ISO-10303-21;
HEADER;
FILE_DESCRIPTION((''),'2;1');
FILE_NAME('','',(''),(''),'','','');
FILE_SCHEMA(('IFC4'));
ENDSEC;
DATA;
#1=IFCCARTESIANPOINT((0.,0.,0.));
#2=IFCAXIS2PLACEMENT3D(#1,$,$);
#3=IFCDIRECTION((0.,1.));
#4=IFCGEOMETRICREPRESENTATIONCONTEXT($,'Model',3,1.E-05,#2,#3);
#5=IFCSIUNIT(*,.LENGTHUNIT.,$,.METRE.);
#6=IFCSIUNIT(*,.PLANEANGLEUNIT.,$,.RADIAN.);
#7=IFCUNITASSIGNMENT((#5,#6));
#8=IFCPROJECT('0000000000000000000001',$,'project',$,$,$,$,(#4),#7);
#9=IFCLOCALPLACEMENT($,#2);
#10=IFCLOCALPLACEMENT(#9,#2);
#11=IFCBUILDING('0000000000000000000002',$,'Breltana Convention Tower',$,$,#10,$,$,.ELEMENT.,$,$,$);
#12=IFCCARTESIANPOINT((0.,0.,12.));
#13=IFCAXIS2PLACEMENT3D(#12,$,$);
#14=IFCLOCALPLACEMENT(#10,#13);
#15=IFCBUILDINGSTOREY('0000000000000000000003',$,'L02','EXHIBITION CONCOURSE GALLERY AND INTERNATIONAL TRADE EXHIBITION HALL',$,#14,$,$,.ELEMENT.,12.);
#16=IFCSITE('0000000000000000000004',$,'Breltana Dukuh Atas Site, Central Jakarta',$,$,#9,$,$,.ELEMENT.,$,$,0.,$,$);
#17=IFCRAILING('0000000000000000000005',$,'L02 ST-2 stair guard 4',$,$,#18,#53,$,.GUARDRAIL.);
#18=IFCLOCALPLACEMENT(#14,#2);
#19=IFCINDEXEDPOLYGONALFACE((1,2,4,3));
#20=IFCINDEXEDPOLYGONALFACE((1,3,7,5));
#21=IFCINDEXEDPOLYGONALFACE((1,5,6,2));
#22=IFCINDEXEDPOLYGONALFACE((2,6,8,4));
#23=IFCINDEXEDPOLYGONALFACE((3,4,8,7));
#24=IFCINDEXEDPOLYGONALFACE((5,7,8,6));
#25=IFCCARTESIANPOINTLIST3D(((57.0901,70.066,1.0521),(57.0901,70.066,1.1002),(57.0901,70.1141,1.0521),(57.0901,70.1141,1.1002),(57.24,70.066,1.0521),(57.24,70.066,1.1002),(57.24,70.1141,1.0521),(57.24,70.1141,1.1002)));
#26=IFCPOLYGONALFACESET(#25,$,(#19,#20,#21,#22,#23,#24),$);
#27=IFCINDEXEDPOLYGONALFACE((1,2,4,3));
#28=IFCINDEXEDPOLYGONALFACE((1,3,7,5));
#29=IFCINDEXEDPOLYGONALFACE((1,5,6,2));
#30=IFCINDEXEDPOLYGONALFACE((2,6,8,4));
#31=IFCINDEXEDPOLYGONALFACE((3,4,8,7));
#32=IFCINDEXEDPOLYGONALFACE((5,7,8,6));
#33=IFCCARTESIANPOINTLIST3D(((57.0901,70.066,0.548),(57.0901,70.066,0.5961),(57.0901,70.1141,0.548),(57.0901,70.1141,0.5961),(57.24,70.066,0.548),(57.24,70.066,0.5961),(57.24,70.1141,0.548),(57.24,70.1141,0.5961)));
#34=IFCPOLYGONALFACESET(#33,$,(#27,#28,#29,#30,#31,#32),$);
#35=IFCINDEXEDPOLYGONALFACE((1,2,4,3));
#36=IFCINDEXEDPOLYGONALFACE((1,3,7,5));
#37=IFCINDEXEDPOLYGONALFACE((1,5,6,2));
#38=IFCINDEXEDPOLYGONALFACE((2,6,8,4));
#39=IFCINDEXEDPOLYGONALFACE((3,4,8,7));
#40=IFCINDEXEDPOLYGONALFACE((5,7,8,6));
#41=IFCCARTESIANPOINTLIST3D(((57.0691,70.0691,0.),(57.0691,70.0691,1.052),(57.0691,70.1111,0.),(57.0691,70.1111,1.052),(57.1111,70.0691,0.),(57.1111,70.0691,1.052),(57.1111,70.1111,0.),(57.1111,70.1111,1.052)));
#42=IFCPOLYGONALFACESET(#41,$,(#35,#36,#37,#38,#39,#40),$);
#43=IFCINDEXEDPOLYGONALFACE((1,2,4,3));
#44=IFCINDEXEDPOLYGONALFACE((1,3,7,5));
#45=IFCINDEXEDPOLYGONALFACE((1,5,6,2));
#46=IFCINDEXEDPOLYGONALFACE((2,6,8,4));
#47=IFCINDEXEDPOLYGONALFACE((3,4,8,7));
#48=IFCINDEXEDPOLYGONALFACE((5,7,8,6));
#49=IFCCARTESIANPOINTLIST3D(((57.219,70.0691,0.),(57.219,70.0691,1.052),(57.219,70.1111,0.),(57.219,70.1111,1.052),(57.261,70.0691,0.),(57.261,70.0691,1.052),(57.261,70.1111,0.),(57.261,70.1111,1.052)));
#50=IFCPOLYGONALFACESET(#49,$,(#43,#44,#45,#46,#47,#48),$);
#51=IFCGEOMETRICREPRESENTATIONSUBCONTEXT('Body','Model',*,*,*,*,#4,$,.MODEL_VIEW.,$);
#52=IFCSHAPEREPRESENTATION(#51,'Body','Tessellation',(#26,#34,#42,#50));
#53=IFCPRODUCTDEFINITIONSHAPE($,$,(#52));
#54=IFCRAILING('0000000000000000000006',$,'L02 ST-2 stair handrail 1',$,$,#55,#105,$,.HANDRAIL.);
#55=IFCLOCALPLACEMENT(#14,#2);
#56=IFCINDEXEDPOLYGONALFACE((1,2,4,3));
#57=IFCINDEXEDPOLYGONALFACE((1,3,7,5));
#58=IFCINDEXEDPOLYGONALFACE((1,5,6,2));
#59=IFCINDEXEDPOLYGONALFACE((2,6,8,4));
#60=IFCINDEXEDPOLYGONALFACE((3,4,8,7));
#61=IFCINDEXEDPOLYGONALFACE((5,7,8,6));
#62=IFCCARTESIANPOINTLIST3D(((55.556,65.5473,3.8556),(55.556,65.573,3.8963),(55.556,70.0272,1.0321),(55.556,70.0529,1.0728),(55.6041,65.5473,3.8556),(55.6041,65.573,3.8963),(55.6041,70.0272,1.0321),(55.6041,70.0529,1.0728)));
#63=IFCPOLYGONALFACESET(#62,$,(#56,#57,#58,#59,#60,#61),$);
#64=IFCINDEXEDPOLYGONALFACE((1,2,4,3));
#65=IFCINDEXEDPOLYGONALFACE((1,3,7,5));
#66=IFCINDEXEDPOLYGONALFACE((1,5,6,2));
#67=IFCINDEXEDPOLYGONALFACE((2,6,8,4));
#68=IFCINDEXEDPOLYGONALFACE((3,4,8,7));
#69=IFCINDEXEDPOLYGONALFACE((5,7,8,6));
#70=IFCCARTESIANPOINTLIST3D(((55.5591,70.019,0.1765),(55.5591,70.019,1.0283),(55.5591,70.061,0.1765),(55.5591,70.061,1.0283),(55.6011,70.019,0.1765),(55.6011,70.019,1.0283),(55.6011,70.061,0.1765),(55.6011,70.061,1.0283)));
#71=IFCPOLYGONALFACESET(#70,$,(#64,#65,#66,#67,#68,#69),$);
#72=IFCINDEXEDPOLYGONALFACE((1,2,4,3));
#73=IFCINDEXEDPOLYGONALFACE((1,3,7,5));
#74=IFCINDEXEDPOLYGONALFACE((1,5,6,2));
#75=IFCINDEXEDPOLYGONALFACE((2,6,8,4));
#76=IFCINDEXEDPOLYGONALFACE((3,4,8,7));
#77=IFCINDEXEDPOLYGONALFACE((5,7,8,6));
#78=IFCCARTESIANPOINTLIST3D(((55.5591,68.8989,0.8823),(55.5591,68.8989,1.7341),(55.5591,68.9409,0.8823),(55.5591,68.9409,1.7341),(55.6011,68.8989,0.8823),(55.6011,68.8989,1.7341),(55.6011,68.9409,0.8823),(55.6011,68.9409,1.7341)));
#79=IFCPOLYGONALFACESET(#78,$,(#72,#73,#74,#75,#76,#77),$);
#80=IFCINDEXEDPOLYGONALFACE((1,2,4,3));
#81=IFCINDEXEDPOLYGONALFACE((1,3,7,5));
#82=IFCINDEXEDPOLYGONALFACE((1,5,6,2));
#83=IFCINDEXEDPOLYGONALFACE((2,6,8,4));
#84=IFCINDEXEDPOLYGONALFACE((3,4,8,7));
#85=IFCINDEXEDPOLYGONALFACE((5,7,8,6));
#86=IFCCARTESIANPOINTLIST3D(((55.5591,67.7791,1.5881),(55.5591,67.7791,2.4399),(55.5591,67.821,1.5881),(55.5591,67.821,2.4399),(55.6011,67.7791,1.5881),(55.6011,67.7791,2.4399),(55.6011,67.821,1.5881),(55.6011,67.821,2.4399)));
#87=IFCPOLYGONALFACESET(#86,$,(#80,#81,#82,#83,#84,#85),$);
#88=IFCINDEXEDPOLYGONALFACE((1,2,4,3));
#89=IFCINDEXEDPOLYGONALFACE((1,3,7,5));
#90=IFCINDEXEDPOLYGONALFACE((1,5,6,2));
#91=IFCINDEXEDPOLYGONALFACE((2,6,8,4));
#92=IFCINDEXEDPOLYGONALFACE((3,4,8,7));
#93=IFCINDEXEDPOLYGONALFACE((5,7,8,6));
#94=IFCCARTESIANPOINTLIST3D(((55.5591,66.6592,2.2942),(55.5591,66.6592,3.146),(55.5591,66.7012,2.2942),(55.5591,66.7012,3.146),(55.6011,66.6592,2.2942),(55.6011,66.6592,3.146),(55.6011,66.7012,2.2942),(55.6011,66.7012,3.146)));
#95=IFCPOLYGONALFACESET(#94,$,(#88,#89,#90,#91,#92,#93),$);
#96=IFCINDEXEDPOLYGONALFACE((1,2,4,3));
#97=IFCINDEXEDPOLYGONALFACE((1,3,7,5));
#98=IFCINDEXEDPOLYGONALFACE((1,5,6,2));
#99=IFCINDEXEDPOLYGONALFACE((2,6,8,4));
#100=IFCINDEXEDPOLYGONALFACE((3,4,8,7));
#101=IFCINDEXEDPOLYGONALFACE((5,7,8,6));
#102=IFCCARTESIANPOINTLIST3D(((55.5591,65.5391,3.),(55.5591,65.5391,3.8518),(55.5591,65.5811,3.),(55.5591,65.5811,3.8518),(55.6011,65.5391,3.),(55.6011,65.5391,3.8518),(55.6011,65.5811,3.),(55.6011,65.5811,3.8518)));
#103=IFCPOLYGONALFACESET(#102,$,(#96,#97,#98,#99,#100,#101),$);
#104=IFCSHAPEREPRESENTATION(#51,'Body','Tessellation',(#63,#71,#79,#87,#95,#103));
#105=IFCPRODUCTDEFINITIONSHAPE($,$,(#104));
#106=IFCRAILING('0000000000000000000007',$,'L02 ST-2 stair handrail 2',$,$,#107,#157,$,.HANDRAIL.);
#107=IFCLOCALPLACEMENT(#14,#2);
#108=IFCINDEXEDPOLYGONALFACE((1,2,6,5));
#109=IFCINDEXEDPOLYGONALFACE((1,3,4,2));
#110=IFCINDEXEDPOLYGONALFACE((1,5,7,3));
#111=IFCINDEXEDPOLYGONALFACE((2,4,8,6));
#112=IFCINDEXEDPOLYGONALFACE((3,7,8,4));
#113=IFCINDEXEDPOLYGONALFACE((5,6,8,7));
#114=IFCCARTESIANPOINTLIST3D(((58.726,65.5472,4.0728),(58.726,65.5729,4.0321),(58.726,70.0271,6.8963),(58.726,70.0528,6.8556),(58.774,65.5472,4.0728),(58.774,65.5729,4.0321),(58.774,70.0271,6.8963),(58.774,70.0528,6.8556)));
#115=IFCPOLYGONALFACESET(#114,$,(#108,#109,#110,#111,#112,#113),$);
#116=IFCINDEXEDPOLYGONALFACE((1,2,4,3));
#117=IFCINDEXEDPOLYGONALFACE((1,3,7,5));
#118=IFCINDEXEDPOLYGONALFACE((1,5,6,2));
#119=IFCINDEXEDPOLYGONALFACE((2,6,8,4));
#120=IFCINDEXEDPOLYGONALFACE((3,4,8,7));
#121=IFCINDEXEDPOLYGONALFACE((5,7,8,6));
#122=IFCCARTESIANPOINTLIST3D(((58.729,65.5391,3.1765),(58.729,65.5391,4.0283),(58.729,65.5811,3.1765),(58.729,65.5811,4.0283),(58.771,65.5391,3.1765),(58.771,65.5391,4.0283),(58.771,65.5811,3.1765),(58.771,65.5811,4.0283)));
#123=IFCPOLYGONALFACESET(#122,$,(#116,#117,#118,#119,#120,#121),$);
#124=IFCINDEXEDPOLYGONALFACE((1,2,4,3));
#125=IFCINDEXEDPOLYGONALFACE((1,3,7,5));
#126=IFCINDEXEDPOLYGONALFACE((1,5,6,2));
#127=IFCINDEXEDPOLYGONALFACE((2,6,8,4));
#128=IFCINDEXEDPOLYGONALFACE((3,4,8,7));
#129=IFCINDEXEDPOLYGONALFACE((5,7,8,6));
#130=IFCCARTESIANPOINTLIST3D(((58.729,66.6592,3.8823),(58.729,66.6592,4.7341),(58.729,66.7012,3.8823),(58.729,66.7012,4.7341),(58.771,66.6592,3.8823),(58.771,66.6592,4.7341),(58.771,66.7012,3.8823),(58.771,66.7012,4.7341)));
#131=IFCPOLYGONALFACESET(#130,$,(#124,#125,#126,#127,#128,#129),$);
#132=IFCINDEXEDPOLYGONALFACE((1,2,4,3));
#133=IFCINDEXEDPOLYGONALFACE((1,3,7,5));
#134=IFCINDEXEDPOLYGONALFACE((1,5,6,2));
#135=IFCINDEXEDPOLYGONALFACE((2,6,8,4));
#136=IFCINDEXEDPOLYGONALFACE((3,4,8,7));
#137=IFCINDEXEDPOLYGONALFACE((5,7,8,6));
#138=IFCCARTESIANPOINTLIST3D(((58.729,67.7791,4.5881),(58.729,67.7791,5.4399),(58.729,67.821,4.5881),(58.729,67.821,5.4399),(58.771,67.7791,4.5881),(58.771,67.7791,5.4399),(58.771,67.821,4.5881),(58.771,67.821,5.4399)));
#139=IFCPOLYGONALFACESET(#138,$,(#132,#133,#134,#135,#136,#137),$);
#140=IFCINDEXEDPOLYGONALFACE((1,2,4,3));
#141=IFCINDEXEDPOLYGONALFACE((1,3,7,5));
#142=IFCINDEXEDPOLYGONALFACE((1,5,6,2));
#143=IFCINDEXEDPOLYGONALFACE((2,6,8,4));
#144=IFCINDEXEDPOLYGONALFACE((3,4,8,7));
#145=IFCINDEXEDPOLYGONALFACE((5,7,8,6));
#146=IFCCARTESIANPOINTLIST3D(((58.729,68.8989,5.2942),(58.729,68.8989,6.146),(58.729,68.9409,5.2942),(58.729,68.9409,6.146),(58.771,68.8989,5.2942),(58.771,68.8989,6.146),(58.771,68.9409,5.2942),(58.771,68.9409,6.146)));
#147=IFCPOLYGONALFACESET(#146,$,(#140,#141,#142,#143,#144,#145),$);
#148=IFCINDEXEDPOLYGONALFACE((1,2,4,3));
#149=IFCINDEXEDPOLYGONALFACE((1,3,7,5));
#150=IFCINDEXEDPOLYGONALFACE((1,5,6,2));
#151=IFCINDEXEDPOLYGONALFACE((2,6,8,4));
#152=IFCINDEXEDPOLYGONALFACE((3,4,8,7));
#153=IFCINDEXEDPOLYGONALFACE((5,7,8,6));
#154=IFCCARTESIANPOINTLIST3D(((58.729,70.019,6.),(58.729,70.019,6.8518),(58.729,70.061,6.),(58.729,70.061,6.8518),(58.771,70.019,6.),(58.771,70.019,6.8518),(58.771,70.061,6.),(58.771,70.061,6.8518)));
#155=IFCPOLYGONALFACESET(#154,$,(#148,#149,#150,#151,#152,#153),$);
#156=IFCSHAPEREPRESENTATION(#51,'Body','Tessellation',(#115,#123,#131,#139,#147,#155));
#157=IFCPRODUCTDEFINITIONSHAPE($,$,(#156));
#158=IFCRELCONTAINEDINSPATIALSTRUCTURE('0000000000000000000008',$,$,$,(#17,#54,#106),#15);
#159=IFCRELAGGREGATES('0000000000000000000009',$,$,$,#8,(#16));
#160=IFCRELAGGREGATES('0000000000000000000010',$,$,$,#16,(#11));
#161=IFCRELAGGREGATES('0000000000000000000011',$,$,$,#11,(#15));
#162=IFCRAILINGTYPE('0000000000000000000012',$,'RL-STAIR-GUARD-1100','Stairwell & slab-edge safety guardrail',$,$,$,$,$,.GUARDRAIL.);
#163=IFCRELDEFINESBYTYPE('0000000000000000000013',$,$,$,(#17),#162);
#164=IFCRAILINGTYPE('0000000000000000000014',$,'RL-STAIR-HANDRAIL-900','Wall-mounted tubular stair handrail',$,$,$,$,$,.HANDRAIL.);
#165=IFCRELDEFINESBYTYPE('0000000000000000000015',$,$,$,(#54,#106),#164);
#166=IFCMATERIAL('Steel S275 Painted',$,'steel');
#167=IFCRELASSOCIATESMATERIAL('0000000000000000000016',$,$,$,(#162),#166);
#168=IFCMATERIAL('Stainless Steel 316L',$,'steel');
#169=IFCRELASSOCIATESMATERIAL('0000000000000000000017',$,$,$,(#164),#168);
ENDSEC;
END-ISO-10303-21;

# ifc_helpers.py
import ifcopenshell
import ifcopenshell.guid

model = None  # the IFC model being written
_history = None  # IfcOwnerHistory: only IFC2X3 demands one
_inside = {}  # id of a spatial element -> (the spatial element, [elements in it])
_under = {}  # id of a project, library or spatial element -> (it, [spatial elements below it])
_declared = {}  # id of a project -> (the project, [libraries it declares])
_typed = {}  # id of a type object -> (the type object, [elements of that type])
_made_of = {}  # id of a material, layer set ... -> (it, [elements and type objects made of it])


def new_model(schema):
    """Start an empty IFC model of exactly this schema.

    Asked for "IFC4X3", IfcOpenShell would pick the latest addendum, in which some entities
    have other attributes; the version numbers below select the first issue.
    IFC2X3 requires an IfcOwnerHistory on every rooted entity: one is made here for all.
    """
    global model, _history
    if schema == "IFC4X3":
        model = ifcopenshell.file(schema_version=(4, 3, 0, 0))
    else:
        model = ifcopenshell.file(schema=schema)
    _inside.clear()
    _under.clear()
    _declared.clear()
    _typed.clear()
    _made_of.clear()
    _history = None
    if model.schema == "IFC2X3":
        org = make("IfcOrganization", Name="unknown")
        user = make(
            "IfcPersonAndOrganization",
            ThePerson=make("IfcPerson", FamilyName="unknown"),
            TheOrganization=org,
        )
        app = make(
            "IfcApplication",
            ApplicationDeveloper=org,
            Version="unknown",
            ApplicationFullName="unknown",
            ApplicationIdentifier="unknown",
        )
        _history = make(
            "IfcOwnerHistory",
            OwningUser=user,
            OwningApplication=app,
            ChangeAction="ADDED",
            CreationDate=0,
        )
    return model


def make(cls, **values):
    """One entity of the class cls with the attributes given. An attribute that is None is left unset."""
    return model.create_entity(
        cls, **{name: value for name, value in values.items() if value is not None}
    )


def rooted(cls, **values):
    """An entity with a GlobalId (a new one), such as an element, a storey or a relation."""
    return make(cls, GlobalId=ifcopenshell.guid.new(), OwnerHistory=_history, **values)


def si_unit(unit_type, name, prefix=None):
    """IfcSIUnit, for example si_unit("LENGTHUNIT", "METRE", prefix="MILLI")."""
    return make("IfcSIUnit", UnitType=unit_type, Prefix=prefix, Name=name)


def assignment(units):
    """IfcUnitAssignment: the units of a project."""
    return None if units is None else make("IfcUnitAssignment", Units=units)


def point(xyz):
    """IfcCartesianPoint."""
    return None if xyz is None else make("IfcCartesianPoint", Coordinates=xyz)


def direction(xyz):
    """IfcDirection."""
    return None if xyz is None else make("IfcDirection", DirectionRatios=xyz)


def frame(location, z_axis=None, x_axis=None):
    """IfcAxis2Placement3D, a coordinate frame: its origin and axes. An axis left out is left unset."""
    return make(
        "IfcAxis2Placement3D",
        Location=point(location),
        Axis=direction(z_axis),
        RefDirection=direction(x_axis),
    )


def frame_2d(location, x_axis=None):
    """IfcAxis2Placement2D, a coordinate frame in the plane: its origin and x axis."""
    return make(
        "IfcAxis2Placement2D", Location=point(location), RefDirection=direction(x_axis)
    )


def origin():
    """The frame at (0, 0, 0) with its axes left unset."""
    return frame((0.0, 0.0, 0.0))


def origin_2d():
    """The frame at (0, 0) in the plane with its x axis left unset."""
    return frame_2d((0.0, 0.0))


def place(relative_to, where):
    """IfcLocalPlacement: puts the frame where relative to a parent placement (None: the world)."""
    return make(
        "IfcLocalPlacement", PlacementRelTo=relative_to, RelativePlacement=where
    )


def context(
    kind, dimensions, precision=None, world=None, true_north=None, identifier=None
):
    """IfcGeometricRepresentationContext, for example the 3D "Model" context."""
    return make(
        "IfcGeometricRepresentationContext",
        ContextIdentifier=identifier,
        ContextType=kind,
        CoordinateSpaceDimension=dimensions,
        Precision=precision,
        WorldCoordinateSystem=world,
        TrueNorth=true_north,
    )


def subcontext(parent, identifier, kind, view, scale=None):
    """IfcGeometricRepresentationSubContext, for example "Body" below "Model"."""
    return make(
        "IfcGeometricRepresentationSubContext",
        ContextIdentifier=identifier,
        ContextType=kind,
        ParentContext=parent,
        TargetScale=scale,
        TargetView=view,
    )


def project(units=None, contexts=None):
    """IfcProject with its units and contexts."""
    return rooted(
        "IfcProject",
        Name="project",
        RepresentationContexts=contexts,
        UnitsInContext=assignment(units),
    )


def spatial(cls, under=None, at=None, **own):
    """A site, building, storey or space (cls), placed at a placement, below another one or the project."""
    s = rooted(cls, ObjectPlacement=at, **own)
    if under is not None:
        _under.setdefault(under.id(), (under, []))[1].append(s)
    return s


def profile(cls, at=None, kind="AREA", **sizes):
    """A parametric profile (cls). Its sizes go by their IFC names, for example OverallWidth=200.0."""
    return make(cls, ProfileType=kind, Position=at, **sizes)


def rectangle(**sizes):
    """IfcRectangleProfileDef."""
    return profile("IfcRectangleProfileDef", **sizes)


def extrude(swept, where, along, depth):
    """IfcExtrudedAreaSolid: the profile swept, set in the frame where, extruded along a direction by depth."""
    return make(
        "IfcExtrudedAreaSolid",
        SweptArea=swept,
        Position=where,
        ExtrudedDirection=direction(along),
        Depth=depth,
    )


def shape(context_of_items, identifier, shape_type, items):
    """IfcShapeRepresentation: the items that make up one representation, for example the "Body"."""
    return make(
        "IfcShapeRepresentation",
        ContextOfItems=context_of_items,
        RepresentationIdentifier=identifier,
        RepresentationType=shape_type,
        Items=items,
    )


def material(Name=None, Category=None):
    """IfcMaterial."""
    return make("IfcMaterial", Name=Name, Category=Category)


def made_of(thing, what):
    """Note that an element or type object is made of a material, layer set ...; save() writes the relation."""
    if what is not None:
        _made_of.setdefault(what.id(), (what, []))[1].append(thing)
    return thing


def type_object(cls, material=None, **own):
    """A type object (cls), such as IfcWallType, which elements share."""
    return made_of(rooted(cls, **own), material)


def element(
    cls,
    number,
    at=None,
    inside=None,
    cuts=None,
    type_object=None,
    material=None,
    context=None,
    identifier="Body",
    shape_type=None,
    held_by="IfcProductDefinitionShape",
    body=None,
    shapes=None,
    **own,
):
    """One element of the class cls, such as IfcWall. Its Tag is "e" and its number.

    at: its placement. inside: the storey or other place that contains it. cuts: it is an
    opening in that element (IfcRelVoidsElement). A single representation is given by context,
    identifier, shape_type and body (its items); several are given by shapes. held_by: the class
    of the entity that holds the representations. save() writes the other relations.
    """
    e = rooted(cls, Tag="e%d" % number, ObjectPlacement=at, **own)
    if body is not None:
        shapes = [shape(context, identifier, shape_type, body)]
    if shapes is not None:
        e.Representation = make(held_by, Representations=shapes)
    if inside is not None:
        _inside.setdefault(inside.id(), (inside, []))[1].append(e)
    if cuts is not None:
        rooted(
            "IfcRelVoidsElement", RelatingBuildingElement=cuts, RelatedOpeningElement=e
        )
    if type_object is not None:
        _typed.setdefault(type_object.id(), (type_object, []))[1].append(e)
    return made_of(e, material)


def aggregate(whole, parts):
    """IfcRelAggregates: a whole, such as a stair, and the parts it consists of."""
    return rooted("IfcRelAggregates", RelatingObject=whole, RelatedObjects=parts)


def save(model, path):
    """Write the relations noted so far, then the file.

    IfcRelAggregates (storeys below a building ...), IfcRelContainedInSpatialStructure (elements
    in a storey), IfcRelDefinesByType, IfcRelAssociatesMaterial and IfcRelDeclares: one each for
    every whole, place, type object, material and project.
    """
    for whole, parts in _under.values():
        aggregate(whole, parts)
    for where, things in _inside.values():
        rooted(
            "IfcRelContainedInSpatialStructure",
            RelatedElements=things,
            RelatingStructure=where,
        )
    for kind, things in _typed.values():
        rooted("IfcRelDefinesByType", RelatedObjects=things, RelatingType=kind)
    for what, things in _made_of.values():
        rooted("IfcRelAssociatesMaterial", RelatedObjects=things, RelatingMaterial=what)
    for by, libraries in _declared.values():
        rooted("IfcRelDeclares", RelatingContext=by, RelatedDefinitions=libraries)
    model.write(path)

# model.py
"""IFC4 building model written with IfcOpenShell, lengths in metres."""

from ifc_helpers import new_model, si_unit, direction, frame, origin, origin_2d, place, context, subcontext, project, spatial, rectangle, extrude, material, type_object, element, save


model = new_model("IFC4")

# Units and contexts
model_context = context("Model", 3, precision=1e-05, world=origin(), true_north=direction((0.0, 1.0)))
body_context = subcontext(model_context, "Body", "Model", "MODEL_VIEW")
ifc_project = project(units=[si_unit("LENGTHUNIT", "METRE"), si_unit("PLANEANGLEUNIT", "RADIAN")], contexts=[model_context])

# Site, building, storey
site_placement = place(None, origin())
site = spatial("IfcSite", under=ifc_project, at=site_placement, Name="Breltana Dukuh Atas Site, Central Jakarta", CompositionType="ELEMENT", RefElevation=0.0)
building_placement = place(site_placement, origin())
building = spatial("IfcBuilding", under=site, at=building_placement, Name="Breltana Convention Tower", CompositionType="ELEMENT")
storey_placement = place(building_placement, frame((0.0, 0.0, 12.0)))
storey = spatial("IfcBuildingStorey", under=building, at=storey_placement, Name="L02", Description="EXHIBITION CONCOURSE GALLERY AND INTERNATIONAL TRADE EXHIBITION HALL", CompositionType="ELEMENT", Elevation=12.0)

# Railings
ifc_material_1 = material(Name="Steel S275 Painted", Category="steel")
railing_type_1 = type_object("IfcRailingType", Name="RL-STAIR-GUARD-1100", Description="Stairwell & slab-edge safety guardrail", PredefinedType="GUARDRAIL", material=ifc_material_1)
railing_1_placement = place(storey_placement, frame((57.0901, 70.0901, 0.0)))
element("IfcRailing", 1, at=railing_1_placement, inside=storey, type_object=railing_type_1, Name="L02 ST-2 stair guard 4", PredefinedType="GUARDRAIL", context=body_context, shape_type="SweptSolid", body=[
    extrude(rectangle(XDim=0.0481, YDim=0.0481, at=origin_2d()), frame((0.0, 0.0, 1.0762), z_axis=(1.0, 0.0, 0.0), x_axis=(0.0, 1.0, 0.0)), (0.0, 0.0, 1.0), 0.1499),
    extrude(rectangle(XDim=0.0481, YDim=0.0481, at=origin_2d()), frame((0.0, 0.0, 0.572), z_axis=(1.0, 0.0, 0.0), x_axis=(0.0, 1.0, 0.0)), (0.0, 0.0, 1.0), 0.1499),
    extrude(rectangle(XDim=0.042, YDim=0.042, at=origin_2d()), origin(), (0.0, 0.0, 1.0), 1.052),
    extrude(rectangle(XDim=0.042, YDim=0.042, at=origin_2d()), frame((0.1499, 0.0, 0.0)), (0.0, 0.0, 1.0), 1.052),
])
ifc_material_2 = material(Name="Stainless Steel 316L", Category="steel")
railing_type_2 = type_object("IfcRailingType", Name="RL-STAIR-HANDRAIL-900", Description="Wall-mounted tubular stair handrail", PredefinedType="HANDRAIL", material=ifc_material_2)
railing_2_placement = place(storey_placement, frame((55.5801, 70.04, 0.1765)))
element("IfcRailing", 2, at=railing_2_placement, inside=storey, type_object=railing_type_2, Name="L02 ST-2 stair handrail 1", PredefinedType="HANDRAIL", context=body_context, shape_type="SweptSolid", body=[
    extrude(rectangle(XDim=0.0481, YDim=0.0481, at=origin_2d()), frame((0.0, 0.0, 0.876), z_axis=(0.0, -0.845998, 0.533186), x_axis=(1.0, 0.0, 0.0)), (0.0, 0.0, 1.0), 5.2954),
    extrude(rectangle(XDim=0.042, YDim=0.042, at=origin_2d()), origin(), (0.0, 0.0, 1.0), 0.8518),
    extrude(rectangle(XDim=0.042, YDim=0.042, at=origin_2d()), frame((0.0, -1.1201, 0.7058)), (0.0, 0.0, 1.0), 0.8518),
    extrude(rectangle(XDim=0.042, YDim=0.042, at=origin_2d()), frame((0.0, -2.24, 1.4116)), (0.0, 0.0, 1.0), 0.8518),
    extrude(rectangle(XDim=0.042, YDim=0.042, at=origin_2d()), frame((0.0, -3.3599, 2.1177)), (0.0, 0.0, 1.0), 0.8518),
    extrude(rectangle(XDim=0.042, YDim=0.042, at=origin_2d()), frame((0.0, -4.48, 2.8235)), (0.0, 0.0, 1.0), 0.8518),
])
railing_3_placement = place(storey_placement, frame((58.75, 65.5601, 3.1765)))
element("IfcRailing", 3, at=railing_3_placement, inside=storey, type_object=railing_type_2, Name="L02 ST-2 stair handrail 2", PredefinedType="HANDRAIL", context=body_context, shape_type="SweptSolid", body=[
    extrude(rectangle(XDim=0.0481, YDim=0.0481, at=origin_2d()), frame((0.0, 0.0, 0.876), z_axis=(0.0, 0.845998, 0.533186), x_axis=(-1.0, 0.0, 0.0)), (0.0, 0.0, 1.0), 5.2954),
    extrude(rectangle(XDim=0.042, YDim=0.042, at=origin_2d()), origin(), (0.0, 0.0, 1.0), 0.8518),
    extrude(rectangle(XDim=0.042, YDim=0.042, at=origin_2d()), frame((0.0, 1.1201, 0.7058)), (0.0, 0.0, 1.0), 0.8518),
    extrude(rectangle(XDim=0.042, YDim=0.042, at=origin_2d()), frame((0.0, 2.24, 1.4116)), (0.0, 0.0, 1.0), 0.8518),
    extrude(rectangle(XDim=0.042, YDim=0.042, at=origin_2d()), frame((0.0, 3.3599, 2.1177)), (0.0, 0.0, 1.0), 0.8518),
    extrude(rectangle(XDim=0.042, YDim=0.042, at=origin_2d()), frame((0.0, 4.48, 2.8235)), (0.0, 0.0, 1.0), 0.8518),
])

save(model, "model.ifc")
